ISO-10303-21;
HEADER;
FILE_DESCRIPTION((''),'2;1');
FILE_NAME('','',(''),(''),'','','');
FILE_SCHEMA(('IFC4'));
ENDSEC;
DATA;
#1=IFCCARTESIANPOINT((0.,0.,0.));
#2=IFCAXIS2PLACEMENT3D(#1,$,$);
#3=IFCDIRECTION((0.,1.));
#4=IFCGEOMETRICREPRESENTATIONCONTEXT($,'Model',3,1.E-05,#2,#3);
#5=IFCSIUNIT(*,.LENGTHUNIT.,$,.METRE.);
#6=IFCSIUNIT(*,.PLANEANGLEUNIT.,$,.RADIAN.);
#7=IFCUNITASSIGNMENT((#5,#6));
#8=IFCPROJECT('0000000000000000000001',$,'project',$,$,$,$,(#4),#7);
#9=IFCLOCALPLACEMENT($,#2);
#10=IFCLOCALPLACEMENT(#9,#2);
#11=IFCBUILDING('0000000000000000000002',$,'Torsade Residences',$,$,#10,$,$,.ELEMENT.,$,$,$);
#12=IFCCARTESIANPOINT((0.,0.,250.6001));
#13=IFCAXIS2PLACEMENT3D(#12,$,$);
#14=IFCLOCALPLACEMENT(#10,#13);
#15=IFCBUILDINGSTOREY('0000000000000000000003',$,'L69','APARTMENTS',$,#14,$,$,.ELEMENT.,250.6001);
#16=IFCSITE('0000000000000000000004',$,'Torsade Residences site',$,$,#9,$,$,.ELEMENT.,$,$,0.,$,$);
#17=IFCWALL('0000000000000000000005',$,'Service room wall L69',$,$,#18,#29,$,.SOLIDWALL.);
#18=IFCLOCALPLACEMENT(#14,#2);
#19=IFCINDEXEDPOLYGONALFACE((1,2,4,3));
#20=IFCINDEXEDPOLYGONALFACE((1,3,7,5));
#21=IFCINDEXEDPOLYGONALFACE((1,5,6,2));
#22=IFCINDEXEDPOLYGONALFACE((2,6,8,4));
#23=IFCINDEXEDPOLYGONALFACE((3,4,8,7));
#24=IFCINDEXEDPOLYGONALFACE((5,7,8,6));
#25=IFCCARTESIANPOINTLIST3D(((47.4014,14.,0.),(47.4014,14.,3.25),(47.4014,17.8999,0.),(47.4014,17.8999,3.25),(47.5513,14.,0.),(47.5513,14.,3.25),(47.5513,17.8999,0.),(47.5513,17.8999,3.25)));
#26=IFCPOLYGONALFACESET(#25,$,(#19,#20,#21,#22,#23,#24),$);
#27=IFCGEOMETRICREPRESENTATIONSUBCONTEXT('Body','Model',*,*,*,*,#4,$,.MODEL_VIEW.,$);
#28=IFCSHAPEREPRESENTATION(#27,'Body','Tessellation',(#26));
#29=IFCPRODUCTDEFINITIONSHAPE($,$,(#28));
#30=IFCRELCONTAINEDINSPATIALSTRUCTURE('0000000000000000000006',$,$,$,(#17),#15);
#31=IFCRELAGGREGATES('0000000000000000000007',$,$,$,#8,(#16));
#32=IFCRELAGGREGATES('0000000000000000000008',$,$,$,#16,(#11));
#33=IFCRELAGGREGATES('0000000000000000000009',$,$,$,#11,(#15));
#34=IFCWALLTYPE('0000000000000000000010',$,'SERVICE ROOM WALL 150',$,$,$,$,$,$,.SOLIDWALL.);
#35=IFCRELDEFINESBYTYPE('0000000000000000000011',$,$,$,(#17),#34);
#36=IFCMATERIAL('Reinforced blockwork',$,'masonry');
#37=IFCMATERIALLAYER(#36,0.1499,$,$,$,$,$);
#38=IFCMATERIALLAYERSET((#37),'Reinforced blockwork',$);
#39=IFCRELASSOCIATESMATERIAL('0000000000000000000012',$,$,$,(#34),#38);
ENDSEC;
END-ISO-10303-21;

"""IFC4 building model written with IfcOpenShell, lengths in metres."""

from ifc_helpers import new_model, si_unit, direction, frame, frame_2d, origin, place, context, subcontext, project, spatial, rectangle, extrude, material, layer, layer_set, type_object, element, save


model = new_model("IFC4")

# Units and contexts
model_context = context("Model", 3, precision=1e-05, world=origin(), true_north=direction((0.0, 1.0)))
body_context = subcontext(model_context, "Body", "Model", "MODEL_VIEW")
ifc_project = project(units=[si_unit("LENGTHUNIT", "METRE"), si_unit("PLANEANGLEUNIT", "RADIAN")], contexts=[model_context])

# Site, building, storey
site_placement = place(None, origin())
site = spatial("IfcSite", under=ifc_project, at=site_placement, Name="Torsade Residences site", CompositionType="ELEMENT", RefElevation=0.0)
building_placement = place(site_placement, origin())
building = spatial("IfcBuilding", under=site, at=building_placement, Name="Torsade Residences", CompositionType="ELEMENT")
storey_placement = place(building_placement, frame((0.0, 0.0, 250.6001)))
storey = spatial("IfcBuildingStorey", under=building, at=storey_placement, Name="L69", Description="APARTMENTS", CompositionType="ELEMENT", Elevation=250.6001)

# Wall
ifc_material_1 = material(Name="Reinforced blockwork", Category="masonry")
ifc_layer_1 = layer(ifc_material_1, 0.1499)
ifc_layer_set_1 = layer_set([ifc_layer_1], Name="Reinforced blockwork")
wall_type_1 = type_object("IfcWallType", Name="SERVICE ROOM WALL 150", PredefinedType="SOLIDWALL", material=ifc_layer_set_1)
wall_1_placement = place(storey_placement, frame((47.4763, 14.0, 0.0), z_axis=(0.0, 0.0, 1.0), x_axis=(0.0, 1.0, 0.0)))
element("IfcWall", 1, at=wall_1_placement, inside=storey, type_object=wall_type_1, Name="Service room wall L69", PredefinedType="SOLIDWALL", context=body_context, shape_type="SweptSolid", body=[
    extrude(rectangle(XDim=3.8999, YDim=0.1499, at=frame_2d((1.95, 0.0))), origin(), (0.0, 0.0, 1.0), 3.25),
])

save(model, "model.ifc")
